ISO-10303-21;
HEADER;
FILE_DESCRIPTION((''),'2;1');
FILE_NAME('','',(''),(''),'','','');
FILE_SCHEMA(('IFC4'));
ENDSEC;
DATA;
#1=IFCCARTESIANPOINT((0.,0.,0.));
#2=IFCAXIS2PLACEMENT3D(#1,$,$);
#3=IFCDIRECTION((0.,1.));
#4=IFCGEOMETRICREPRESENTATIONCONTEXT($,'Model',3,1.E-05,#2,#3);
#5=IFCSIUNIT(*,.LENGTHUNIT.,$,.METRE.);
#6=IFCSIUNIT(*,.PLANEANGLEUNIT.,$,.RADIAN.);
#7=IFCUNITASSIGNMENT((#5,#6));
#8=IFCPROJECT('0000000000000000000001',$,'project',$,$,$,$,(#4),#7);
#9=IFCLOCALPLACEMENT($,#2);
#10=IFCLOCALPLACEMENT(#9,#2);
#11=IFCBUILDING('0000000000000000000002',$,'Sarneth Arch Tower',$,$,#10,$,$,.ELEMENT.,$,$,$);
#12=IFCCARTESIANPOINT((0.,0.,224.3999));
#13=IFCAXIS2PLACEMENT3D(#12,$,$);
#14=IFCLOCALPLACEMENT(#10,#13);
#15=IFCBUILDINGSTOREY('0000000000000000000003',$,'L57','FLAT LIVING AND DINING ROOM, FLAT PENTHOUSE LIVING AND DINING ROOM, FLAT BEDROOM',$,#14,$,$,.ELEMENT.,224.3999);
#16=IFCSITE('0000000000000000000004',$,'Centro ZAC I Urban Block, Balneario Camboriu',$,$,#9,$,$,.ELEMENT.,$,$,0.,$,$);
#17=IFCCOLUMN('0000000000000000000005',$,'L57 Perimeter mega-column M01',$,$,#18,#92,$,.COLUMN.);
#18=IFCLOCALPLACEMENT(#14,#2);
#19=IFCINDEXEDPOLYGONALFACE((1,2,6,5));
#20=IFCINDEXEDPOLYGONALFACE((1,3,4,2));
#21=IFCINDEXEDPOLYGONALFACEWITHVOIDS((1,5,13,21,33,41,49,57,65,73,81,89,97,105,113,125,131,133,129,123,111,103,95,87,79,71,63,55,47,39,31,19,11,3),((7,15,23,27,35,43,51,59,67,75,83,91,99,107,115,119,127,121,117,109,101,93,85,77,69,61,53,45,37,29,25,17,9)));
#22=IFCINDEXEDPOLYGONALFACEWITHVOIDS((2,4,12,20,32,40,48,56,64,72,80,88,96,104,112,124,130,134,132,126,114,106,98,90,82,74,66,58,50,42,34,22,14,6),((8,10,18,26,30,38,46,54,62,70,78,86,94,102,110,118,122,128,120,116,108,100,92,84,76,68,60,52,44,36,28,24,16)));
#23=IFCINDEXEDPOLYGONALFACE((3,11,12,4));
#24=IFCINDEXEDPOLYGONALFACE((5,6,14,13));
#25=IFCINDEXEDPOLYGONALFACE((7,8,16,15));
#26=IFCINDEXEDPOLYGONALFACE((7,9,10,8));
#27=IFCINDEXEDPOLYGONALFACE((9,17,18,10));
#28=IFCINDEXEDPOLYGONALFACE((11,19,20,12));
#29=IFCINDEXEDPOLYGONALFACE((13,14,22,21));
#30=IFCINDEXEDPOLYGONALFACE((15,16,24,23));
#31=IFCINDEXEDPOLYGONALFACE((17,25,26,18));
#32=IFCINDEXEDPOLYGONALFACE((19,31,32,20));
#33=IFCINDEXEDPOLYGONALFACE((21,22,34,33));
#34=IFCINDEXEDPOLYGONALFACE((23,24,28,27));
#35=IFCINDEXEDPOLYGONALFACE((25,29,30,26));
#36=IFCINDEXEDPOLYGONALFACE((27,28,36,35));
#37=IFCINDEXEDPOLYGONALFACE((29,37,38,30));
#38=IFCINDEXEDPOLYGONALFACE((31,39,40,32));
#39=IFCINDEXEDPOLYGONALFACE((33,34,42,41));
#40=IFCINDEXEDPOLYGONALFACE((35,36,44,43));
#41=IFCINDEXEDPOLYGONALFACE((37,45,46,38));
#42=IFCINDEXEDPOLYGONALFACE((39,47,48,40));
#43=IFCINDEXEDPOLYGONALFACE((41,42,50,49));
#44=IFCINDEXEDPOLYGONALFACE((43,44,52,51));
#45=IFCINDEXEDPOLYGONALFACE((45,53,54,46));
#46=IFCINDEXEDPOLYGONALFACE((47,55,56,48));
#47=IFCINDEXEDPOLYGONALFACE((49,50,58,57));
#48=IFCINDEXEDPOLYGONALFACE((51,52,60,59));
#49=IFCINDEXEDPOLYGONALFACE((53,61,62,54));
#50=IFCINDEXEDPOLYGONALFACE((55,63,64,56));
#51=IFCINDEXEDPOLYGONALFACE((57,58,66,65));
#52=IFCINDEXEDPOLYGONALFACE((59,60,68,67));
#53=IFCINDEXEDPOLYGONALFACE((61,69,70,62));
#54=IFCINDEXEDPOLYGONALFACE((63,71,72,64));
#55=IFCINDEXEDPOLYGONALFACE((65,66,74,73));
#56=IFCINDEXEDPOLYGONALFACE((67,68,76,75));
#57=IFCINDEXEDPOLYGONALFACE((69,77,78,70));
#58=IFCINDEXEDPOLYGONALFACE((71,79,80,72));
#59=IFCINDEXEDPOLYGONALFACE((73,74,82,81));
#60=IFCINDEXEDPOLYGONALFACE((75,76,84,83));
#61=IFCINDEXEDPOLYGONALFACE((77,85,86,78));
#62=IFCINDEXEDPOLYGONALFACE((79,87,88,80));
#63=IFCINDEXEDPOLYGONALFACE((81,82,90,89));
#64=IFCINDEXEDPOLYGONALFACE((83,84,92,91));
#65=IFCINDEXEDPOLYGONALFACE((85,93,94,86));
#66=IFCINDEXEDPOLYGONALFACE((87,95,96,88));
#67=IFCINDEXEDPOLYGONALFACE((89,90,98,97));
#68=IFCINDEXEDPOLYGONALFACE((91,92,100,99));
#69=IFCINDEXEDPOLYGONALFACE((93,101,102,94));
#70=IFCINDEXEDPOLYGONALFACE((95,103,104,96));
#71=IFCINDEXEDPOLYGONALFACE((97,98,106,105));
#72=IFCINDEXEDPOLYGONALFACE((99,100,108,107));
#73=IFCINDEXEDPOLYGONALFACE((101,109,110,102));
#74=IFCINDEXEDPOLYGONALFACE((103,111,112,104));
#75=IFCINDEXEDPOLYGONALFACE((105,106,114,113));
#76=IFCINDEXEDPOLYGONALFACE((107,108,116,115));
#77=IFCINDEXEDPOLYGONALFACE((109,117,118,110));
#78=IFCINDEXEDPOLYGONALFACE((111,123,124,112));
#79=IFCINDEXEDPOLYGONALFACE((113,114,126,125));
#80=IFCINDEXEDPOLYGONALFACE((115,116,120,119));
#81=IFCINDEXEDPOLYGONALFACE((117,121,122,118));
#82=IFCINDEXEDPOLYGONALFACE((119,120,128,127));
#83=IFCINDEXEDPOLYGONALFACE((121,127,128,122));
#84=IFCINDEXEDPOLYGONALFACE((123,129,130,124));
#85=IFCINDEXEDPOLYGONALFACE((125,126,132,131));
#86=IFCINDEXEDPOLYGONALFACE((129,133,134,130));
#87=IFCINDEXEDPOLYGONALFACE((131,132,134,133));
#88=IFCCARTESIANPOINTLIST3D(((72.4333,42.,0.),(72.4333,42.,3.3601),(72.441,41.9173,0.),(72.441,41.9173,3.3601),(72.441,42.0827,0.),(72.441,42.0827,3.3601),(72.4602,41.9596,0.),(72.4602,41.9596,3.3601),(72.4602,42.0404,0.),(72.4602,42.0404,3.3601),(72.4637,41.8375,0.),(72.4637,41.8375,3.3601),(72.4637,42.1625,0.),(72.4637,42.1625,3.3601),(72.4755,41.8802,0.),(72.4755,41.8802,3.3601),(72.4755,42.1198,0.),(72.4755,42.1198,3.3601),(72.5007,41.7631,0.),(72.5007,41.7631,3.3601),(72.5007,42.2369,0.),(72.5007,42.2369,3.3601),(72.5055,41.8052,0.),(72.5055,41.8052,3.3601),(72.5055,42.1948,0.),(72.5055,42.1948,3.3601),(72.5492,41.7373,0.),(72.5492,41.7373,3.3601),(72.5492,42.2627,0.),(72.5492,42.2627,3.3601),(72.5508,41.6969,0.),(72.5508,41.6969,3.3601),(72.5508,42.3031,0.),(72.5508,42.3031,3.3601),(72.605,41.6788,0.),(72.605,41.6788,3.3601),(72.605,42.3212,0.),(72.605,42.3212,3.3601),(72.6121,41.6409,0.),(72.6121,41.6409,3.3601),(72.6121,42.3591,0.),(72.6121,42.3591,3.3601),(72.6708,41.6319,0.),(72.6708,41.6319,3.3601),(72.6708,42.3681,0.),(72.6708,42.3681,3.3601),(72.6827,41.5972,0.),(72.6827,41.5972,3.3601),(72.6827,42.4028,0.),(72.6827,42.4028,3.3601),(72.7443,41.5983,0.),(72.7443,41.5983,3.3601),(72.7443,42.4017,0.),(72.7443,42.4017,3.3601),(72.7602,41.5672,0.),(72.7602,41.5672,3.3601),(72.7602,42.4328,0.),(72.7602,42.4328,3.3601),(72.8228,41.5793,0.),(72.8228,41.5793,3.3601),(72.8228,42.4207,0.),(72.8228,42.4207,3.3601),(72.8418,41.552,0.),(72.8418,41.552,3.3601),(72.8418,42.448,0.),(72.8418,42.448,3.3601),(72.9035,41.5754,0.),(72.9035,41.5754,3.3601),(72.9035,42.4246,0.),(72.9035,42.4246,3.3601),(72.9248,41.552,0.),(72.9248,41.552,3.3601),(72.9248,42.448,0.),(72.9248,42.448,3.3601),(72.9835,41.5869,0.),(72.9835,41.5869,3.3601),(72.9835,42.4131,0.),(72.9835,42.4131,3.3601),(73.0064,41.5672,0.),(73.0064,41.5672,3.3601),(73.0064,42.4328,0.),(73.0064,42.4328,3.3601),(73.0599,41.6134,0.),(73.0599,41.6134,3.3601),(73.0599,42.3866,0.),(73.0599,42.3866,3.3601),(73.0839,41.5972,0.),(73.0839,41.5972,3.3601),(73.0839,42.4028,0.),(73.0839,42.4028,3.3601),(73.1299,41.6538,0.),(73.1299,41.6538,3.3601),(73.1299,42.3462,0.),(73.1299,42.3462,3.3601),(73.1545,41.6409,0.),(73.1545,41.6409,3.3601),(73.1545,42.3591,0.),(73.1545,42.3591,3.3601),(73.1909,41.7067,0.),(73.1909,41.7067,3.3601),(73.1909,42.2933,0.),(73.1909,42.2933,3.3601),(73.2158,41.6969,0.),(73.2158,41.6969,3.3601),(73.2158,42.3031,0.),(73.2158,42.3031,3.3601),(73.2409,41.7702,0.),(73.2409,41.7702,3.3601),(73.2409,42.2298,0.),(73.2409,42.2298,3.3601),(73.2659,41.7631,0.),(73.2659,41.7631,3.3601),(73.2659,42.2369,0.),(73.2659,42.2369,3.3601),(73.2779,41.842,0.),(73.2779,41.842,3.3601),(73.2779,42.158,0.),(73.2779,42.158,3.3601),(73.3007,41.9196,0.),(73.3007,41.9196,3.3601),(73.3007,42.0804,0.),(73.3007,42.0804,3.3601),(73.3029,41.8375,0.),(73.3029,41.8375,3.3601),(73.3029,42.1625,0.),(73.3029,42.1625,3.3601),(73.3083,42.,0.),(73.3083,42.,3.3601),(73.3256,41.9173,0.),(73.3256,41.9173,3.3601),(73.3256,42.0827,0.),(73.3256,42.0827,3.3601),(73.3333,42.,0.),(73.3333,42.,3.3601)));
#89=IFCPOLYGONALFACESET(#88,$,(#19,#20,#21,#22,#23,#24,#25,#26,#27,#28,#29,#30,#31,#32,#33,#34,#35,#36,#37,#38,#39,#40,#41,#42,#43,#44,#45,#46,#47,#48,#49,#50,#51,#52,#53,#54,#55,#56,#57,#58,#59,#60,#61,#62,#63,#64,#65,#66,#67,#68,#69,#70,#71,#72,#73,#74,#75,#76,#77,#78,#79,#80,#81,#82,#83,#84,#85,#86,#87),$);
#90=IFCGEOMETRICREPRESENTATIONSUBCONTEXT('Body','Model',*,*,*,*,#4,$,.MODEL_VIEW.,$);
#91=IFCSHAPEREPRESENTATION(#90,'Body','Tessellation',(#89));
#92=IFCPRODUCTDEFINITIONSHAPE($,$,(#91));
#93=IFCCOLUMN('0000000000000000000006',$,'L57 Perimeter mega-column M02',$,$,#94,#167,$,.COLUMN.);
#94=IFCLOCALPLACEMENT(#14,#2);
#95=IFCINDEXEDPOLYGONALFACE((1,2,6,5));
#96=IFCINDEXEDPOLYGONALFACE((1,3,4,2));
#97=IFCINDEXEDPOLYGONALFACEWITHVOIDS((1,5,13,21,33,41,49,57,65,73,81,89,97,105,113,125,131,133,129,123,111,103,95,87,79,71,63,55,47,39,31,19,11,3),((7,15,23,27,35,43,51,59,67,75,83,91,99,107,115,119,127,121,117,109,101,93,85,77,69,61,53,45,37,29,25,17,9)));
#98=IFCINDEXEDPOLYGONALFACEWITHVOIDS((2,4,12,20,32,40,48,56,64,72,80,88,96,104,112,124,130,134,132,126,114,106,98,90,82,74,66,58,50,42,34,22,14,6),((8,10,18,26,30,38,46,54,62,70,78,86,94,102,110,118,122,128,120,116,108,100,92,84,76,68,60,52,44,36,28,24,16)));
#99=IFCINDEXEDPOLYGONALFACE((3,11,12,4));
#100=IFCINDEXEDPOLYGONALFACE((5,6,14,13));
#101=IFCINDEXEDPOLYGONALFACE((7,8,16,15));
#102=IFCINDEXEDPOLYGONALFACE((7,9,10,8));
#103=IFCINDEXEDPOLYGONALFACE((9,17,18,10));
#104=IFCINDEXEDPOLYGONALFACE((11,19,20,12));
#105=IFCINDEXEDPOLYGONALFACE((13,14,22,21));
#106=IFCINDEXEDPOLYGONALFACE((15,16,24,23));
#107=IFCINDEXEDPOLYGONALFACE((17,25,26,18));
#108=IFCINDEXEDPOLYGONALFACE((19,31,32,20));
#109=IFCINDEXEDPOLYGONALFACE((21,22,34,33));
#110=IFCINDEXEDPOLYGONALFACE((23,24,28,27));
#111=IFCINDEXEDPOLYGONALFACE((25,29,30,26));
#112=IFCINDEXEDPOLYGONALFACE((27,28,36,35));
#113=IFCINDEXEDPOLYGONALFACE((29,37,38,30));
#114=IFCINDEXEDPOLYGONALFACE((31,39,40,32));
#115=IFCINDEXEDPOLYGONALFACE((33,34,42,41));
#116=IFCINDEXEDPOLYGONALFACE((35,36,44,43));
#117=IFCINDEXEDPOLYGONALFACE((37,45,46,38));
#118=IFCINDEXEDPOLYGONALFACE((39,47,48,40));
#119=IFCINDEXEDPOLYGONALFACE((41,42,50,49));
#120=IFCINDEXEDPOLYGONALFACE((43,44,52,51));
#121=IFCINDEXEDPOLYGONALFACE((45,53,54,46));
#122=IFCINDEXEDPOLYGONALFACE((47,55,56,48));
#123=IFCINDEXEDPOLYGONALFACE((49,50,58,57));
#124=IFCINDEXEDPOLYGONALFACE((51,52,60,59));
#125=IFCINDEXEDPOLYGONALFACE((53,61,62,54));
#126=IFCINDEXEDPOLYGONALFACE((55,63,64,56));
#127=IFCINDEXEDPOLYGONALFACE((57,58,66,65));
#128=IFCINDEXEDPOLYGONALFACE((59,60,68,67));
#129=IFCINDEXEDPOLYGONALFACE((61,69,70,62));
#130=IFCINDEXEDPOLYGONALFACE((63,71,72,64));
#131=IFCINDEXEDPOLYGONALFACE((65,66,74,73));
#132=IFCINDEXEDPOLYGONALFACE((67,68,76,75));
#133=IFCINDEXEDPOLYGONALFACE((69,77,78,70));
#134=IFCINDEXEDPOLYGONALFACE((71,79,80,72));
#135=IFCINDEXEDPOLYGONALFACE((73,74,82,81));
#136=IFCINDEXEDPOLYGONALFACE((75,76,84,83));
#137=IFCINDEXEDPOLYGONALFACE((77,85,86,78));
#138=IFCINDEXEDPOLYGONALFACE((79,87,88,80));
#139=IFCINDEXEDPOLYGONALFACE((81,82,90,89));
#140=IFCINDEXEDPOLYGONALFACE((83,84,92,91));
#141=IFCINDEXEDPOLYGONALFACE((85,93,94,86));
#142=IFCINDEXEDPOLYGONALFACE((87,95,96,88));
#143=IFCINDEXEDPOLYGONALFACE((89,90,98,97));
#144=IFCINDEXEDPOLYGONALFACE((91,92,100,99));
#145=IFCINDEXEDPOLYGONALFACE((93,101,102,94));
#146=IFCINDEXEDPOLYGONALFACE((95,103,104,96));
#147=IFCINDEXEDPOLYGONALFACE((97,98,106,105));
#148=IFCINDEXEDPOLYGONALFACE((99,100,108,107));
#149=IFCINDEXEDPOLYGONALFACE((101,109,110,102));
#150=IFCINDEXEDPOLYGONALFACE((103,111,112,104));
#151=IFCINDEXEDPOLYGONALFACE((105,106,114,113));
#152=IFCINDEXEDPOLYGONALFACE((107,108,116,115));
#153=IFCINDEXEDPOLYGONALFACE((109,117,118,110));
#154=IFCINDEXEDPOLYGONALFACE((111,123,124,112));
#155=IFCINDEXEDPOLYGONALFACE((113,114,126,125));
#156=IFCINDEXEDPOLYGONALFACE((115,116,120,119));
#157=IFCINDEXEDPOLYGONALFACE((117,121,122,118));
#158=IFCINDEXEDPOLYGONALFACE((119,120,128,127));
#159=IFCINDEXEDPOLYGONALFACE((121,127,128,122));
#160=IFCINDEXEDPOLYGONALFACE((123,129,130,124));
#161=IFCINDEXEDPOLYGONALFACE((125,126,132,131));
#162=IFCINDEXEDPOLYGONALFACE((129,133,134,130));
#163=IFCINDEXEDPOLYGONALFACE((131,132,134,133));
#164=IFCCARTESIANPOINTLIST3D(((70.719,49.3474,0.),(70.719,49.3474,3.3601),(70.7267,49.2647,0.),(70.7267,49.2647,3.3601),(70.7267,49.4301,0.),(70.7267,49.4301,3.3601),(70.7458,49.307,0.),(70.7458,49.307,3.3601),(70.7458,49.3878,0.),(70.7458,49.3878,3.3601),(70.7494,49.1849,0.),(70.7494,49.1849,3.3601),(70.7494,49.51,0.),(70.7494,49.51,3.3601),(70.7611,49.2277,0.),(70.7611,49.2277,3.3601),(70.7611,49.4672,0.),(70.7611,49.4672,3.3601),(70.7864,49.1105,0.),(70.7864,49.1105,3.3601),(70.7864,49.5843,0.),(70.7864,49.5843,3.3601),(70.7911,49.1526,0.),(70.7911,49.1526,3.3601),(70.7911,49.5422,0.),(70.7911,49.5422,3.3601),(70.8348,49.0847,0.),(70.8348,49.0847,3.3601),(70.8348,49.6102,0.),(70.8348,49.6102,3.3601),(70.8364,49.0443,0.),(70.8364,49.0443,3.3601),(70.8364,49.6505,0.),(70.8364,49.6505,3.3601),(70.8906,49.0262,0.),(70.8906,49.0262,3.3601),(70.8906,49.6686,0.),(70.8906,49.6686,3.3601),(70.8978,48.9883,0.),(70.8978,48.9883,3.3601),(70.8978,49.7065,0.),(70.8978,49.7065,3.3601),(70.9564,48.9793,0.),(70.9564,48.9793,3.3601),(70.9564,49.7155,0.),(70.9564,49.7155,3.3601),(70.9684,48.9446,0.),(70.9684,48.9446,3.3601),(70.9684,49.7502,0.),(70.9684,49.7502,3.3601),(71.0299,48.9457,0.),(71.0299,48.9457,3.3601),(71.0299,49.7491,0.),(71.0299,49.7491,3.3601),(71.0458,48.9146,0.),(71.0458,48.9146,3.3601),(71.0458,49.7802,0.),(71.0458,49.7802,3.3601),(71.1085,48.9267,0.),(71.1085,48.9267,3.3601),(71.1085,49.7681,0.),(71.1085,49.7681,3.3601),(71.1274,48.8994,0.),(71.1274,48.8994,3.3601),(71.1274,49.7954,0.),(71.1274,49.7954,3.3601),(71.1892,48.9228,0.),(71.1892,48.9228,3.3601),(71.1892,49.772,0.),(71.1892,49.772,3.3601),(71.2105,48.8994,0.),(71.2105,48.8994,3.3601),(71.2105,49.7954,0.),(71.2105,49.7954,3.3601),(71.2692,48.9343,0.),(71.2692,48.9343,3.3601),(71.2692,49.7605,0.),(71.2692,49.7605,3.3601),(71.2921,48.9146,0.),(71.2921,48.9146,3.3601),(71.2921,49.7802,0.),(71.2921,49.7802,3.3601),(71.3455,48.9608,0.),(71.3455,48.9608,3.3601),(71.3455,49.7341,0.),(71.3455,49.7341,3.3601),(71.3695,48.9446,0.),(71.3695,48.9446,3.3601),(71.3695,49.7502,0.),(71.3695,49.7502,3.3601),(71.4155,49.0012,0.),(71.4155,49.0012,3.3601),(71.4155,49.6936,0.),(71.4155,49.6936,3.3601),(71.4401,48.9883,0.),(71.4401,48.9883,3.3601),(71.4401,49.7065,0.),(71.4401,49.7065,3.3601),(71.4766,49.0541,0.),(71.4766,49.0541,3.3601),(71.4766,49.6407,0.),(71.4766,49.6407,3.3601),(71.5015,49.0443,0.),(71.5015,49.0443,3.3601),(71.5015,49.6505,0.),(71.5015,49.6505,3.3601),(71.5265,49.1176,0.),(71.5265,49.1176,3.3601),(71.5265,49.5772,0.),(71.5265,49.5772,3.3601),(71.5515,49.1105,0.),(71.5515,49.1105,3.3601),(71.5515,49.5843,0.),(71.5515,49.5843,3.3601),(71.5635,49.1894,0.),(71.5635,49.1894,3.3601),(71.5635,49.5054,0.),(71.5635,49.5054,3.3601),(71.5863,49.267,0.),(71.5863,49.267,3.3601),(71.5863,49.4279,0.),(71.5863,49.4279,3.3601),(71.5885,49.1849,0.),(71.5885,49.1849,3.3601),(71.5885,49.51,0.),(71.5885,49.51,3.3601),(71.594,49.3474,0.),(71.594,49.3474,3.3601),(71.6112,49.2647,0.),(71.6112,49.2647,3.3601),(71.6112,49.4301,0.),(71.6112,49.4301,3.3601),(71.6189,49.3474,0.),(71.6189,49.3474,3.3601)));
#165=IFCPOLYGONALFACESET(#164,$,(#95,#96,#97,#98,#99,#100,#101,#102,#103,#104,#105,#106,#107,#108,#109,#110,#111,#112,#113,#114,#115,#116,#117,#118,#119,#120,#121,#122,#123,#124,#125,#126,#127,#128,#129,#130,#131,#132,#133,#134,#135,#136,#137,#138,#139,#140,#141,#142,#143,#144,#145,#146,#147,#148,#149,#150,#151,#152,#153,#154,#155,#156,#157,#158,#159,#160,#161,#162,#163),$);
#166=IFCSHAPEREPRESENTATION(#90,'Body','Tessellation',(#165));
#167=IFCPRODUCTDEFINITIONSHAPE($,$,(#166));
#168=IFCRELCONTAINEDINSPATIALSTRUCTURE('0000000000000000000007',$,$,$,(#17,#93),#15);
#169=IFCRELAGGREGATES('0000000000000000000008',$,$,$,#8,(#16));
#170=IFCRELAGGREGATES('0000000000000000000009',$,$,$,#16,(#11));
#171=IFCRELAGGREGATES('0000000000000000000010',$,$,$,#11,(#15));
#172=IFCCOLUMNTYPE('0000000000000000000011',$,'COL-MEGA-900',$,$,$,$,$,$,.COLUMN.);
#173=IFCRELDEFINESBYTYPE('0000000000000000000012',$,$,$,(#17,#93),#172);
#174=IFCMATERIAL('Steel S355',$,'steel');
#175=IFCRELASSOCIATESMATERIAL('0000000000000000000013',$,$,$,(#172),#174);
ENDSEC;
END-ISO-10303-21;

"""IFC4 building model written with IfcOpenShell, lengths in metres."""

from ifc_helpers import new_model, si_unit, direction, frame, origin, origin_2d, place, context, subcontext, project, spatial, hollow_circle, extrude, material, material_profile, profile_set, type_object, element, save


model = new_model("IFC4")

# Units and contexts
model_context = context("Model", 3, precision=1e-05, world=origin(), true_north=direction((0.0, 1.0)))
body_context = subcontext(model_context, "Body", "Model", "MODEL_VIEW")
ifc_project = project(units=[si_unit("LENGTHUNIT", "METRE"), si_unit("PLANEANGLEUNIT", "RADIAN")], contexts=[model_context])

# Site, building, storey
site_placement = place(None, origin())
site = spatial("IfcSite", under=ifc_project, at=site_placement, Name="Centro ZAC I Urban Block, Balneario Camboriu", CompositionType="ELEMENT", RefElevation=0.0)
building_placement = place(site_placement, origin())
building = spatial("IfcBuilding", under=site, at=building_placement, Name="Sarneth Arch Tower", CompositionType="ELEMENT")
storey_placement = place(building_placement, frame((0.0, 0.0, 224.3999)))
storey = spatial("IfcBuildingStorey", under=building, at=storey_placement, Name="L57", Description="FLAT LIVING AND DINING ROOM, FLAT PENTHOUSE LIVING AND DINING ROOM, FLAT BEDROOM", CompositionType="ELEMENT", Elevation=224.3999)

# Columns
ifc_material_1 = material(Name="Steel S355", Category="steel")
ifc_material_profile_1 = material_profile(ifc_material_1, hollow_circle(Radius=0.45, WallThickness=0.0249, at=origin_2d()), Name="CHS900x25")
ifc_profile_set_1 = profile_set([ifc_material_profile_1], Name="Steel S355")
column_type = type_object("IfcColumnType", Name="COL-MEGA-900", PredefinedType="COLUMN", material=ifc_profile_set_1)
for number, where, z_axis, x_axis, name in (
    (1, (72.8833, 42.0, 0.0), (0.0, 0.0, 1.0), (1.0, 0.0, 0.0), "L57 Perimeter mega-column M01"),
    (2, (71.1689, 49.3474, 0.0), (0.0, 0.0, 1.0), (1.0, 0.0, 0.0), "L57 Perimeter mega-column M02"),
):
    element("IfcColumn", number, at=place(storey_placement, frame(where, z_axis=z_axis, x_axis=x_axis)), inside=storey, type_object=column_type, Name=name, PredefinedType="COLUMN", context=body_context, shape_type="SweptSolid", body=[
        extrude(hollow_circle(Radius=0.45, WallThickness=0.0249, at=origin_2d()), origin(), (0.0, 0.0, 1.0), 3.3601),
    ])

save(model, "model.ifc")
